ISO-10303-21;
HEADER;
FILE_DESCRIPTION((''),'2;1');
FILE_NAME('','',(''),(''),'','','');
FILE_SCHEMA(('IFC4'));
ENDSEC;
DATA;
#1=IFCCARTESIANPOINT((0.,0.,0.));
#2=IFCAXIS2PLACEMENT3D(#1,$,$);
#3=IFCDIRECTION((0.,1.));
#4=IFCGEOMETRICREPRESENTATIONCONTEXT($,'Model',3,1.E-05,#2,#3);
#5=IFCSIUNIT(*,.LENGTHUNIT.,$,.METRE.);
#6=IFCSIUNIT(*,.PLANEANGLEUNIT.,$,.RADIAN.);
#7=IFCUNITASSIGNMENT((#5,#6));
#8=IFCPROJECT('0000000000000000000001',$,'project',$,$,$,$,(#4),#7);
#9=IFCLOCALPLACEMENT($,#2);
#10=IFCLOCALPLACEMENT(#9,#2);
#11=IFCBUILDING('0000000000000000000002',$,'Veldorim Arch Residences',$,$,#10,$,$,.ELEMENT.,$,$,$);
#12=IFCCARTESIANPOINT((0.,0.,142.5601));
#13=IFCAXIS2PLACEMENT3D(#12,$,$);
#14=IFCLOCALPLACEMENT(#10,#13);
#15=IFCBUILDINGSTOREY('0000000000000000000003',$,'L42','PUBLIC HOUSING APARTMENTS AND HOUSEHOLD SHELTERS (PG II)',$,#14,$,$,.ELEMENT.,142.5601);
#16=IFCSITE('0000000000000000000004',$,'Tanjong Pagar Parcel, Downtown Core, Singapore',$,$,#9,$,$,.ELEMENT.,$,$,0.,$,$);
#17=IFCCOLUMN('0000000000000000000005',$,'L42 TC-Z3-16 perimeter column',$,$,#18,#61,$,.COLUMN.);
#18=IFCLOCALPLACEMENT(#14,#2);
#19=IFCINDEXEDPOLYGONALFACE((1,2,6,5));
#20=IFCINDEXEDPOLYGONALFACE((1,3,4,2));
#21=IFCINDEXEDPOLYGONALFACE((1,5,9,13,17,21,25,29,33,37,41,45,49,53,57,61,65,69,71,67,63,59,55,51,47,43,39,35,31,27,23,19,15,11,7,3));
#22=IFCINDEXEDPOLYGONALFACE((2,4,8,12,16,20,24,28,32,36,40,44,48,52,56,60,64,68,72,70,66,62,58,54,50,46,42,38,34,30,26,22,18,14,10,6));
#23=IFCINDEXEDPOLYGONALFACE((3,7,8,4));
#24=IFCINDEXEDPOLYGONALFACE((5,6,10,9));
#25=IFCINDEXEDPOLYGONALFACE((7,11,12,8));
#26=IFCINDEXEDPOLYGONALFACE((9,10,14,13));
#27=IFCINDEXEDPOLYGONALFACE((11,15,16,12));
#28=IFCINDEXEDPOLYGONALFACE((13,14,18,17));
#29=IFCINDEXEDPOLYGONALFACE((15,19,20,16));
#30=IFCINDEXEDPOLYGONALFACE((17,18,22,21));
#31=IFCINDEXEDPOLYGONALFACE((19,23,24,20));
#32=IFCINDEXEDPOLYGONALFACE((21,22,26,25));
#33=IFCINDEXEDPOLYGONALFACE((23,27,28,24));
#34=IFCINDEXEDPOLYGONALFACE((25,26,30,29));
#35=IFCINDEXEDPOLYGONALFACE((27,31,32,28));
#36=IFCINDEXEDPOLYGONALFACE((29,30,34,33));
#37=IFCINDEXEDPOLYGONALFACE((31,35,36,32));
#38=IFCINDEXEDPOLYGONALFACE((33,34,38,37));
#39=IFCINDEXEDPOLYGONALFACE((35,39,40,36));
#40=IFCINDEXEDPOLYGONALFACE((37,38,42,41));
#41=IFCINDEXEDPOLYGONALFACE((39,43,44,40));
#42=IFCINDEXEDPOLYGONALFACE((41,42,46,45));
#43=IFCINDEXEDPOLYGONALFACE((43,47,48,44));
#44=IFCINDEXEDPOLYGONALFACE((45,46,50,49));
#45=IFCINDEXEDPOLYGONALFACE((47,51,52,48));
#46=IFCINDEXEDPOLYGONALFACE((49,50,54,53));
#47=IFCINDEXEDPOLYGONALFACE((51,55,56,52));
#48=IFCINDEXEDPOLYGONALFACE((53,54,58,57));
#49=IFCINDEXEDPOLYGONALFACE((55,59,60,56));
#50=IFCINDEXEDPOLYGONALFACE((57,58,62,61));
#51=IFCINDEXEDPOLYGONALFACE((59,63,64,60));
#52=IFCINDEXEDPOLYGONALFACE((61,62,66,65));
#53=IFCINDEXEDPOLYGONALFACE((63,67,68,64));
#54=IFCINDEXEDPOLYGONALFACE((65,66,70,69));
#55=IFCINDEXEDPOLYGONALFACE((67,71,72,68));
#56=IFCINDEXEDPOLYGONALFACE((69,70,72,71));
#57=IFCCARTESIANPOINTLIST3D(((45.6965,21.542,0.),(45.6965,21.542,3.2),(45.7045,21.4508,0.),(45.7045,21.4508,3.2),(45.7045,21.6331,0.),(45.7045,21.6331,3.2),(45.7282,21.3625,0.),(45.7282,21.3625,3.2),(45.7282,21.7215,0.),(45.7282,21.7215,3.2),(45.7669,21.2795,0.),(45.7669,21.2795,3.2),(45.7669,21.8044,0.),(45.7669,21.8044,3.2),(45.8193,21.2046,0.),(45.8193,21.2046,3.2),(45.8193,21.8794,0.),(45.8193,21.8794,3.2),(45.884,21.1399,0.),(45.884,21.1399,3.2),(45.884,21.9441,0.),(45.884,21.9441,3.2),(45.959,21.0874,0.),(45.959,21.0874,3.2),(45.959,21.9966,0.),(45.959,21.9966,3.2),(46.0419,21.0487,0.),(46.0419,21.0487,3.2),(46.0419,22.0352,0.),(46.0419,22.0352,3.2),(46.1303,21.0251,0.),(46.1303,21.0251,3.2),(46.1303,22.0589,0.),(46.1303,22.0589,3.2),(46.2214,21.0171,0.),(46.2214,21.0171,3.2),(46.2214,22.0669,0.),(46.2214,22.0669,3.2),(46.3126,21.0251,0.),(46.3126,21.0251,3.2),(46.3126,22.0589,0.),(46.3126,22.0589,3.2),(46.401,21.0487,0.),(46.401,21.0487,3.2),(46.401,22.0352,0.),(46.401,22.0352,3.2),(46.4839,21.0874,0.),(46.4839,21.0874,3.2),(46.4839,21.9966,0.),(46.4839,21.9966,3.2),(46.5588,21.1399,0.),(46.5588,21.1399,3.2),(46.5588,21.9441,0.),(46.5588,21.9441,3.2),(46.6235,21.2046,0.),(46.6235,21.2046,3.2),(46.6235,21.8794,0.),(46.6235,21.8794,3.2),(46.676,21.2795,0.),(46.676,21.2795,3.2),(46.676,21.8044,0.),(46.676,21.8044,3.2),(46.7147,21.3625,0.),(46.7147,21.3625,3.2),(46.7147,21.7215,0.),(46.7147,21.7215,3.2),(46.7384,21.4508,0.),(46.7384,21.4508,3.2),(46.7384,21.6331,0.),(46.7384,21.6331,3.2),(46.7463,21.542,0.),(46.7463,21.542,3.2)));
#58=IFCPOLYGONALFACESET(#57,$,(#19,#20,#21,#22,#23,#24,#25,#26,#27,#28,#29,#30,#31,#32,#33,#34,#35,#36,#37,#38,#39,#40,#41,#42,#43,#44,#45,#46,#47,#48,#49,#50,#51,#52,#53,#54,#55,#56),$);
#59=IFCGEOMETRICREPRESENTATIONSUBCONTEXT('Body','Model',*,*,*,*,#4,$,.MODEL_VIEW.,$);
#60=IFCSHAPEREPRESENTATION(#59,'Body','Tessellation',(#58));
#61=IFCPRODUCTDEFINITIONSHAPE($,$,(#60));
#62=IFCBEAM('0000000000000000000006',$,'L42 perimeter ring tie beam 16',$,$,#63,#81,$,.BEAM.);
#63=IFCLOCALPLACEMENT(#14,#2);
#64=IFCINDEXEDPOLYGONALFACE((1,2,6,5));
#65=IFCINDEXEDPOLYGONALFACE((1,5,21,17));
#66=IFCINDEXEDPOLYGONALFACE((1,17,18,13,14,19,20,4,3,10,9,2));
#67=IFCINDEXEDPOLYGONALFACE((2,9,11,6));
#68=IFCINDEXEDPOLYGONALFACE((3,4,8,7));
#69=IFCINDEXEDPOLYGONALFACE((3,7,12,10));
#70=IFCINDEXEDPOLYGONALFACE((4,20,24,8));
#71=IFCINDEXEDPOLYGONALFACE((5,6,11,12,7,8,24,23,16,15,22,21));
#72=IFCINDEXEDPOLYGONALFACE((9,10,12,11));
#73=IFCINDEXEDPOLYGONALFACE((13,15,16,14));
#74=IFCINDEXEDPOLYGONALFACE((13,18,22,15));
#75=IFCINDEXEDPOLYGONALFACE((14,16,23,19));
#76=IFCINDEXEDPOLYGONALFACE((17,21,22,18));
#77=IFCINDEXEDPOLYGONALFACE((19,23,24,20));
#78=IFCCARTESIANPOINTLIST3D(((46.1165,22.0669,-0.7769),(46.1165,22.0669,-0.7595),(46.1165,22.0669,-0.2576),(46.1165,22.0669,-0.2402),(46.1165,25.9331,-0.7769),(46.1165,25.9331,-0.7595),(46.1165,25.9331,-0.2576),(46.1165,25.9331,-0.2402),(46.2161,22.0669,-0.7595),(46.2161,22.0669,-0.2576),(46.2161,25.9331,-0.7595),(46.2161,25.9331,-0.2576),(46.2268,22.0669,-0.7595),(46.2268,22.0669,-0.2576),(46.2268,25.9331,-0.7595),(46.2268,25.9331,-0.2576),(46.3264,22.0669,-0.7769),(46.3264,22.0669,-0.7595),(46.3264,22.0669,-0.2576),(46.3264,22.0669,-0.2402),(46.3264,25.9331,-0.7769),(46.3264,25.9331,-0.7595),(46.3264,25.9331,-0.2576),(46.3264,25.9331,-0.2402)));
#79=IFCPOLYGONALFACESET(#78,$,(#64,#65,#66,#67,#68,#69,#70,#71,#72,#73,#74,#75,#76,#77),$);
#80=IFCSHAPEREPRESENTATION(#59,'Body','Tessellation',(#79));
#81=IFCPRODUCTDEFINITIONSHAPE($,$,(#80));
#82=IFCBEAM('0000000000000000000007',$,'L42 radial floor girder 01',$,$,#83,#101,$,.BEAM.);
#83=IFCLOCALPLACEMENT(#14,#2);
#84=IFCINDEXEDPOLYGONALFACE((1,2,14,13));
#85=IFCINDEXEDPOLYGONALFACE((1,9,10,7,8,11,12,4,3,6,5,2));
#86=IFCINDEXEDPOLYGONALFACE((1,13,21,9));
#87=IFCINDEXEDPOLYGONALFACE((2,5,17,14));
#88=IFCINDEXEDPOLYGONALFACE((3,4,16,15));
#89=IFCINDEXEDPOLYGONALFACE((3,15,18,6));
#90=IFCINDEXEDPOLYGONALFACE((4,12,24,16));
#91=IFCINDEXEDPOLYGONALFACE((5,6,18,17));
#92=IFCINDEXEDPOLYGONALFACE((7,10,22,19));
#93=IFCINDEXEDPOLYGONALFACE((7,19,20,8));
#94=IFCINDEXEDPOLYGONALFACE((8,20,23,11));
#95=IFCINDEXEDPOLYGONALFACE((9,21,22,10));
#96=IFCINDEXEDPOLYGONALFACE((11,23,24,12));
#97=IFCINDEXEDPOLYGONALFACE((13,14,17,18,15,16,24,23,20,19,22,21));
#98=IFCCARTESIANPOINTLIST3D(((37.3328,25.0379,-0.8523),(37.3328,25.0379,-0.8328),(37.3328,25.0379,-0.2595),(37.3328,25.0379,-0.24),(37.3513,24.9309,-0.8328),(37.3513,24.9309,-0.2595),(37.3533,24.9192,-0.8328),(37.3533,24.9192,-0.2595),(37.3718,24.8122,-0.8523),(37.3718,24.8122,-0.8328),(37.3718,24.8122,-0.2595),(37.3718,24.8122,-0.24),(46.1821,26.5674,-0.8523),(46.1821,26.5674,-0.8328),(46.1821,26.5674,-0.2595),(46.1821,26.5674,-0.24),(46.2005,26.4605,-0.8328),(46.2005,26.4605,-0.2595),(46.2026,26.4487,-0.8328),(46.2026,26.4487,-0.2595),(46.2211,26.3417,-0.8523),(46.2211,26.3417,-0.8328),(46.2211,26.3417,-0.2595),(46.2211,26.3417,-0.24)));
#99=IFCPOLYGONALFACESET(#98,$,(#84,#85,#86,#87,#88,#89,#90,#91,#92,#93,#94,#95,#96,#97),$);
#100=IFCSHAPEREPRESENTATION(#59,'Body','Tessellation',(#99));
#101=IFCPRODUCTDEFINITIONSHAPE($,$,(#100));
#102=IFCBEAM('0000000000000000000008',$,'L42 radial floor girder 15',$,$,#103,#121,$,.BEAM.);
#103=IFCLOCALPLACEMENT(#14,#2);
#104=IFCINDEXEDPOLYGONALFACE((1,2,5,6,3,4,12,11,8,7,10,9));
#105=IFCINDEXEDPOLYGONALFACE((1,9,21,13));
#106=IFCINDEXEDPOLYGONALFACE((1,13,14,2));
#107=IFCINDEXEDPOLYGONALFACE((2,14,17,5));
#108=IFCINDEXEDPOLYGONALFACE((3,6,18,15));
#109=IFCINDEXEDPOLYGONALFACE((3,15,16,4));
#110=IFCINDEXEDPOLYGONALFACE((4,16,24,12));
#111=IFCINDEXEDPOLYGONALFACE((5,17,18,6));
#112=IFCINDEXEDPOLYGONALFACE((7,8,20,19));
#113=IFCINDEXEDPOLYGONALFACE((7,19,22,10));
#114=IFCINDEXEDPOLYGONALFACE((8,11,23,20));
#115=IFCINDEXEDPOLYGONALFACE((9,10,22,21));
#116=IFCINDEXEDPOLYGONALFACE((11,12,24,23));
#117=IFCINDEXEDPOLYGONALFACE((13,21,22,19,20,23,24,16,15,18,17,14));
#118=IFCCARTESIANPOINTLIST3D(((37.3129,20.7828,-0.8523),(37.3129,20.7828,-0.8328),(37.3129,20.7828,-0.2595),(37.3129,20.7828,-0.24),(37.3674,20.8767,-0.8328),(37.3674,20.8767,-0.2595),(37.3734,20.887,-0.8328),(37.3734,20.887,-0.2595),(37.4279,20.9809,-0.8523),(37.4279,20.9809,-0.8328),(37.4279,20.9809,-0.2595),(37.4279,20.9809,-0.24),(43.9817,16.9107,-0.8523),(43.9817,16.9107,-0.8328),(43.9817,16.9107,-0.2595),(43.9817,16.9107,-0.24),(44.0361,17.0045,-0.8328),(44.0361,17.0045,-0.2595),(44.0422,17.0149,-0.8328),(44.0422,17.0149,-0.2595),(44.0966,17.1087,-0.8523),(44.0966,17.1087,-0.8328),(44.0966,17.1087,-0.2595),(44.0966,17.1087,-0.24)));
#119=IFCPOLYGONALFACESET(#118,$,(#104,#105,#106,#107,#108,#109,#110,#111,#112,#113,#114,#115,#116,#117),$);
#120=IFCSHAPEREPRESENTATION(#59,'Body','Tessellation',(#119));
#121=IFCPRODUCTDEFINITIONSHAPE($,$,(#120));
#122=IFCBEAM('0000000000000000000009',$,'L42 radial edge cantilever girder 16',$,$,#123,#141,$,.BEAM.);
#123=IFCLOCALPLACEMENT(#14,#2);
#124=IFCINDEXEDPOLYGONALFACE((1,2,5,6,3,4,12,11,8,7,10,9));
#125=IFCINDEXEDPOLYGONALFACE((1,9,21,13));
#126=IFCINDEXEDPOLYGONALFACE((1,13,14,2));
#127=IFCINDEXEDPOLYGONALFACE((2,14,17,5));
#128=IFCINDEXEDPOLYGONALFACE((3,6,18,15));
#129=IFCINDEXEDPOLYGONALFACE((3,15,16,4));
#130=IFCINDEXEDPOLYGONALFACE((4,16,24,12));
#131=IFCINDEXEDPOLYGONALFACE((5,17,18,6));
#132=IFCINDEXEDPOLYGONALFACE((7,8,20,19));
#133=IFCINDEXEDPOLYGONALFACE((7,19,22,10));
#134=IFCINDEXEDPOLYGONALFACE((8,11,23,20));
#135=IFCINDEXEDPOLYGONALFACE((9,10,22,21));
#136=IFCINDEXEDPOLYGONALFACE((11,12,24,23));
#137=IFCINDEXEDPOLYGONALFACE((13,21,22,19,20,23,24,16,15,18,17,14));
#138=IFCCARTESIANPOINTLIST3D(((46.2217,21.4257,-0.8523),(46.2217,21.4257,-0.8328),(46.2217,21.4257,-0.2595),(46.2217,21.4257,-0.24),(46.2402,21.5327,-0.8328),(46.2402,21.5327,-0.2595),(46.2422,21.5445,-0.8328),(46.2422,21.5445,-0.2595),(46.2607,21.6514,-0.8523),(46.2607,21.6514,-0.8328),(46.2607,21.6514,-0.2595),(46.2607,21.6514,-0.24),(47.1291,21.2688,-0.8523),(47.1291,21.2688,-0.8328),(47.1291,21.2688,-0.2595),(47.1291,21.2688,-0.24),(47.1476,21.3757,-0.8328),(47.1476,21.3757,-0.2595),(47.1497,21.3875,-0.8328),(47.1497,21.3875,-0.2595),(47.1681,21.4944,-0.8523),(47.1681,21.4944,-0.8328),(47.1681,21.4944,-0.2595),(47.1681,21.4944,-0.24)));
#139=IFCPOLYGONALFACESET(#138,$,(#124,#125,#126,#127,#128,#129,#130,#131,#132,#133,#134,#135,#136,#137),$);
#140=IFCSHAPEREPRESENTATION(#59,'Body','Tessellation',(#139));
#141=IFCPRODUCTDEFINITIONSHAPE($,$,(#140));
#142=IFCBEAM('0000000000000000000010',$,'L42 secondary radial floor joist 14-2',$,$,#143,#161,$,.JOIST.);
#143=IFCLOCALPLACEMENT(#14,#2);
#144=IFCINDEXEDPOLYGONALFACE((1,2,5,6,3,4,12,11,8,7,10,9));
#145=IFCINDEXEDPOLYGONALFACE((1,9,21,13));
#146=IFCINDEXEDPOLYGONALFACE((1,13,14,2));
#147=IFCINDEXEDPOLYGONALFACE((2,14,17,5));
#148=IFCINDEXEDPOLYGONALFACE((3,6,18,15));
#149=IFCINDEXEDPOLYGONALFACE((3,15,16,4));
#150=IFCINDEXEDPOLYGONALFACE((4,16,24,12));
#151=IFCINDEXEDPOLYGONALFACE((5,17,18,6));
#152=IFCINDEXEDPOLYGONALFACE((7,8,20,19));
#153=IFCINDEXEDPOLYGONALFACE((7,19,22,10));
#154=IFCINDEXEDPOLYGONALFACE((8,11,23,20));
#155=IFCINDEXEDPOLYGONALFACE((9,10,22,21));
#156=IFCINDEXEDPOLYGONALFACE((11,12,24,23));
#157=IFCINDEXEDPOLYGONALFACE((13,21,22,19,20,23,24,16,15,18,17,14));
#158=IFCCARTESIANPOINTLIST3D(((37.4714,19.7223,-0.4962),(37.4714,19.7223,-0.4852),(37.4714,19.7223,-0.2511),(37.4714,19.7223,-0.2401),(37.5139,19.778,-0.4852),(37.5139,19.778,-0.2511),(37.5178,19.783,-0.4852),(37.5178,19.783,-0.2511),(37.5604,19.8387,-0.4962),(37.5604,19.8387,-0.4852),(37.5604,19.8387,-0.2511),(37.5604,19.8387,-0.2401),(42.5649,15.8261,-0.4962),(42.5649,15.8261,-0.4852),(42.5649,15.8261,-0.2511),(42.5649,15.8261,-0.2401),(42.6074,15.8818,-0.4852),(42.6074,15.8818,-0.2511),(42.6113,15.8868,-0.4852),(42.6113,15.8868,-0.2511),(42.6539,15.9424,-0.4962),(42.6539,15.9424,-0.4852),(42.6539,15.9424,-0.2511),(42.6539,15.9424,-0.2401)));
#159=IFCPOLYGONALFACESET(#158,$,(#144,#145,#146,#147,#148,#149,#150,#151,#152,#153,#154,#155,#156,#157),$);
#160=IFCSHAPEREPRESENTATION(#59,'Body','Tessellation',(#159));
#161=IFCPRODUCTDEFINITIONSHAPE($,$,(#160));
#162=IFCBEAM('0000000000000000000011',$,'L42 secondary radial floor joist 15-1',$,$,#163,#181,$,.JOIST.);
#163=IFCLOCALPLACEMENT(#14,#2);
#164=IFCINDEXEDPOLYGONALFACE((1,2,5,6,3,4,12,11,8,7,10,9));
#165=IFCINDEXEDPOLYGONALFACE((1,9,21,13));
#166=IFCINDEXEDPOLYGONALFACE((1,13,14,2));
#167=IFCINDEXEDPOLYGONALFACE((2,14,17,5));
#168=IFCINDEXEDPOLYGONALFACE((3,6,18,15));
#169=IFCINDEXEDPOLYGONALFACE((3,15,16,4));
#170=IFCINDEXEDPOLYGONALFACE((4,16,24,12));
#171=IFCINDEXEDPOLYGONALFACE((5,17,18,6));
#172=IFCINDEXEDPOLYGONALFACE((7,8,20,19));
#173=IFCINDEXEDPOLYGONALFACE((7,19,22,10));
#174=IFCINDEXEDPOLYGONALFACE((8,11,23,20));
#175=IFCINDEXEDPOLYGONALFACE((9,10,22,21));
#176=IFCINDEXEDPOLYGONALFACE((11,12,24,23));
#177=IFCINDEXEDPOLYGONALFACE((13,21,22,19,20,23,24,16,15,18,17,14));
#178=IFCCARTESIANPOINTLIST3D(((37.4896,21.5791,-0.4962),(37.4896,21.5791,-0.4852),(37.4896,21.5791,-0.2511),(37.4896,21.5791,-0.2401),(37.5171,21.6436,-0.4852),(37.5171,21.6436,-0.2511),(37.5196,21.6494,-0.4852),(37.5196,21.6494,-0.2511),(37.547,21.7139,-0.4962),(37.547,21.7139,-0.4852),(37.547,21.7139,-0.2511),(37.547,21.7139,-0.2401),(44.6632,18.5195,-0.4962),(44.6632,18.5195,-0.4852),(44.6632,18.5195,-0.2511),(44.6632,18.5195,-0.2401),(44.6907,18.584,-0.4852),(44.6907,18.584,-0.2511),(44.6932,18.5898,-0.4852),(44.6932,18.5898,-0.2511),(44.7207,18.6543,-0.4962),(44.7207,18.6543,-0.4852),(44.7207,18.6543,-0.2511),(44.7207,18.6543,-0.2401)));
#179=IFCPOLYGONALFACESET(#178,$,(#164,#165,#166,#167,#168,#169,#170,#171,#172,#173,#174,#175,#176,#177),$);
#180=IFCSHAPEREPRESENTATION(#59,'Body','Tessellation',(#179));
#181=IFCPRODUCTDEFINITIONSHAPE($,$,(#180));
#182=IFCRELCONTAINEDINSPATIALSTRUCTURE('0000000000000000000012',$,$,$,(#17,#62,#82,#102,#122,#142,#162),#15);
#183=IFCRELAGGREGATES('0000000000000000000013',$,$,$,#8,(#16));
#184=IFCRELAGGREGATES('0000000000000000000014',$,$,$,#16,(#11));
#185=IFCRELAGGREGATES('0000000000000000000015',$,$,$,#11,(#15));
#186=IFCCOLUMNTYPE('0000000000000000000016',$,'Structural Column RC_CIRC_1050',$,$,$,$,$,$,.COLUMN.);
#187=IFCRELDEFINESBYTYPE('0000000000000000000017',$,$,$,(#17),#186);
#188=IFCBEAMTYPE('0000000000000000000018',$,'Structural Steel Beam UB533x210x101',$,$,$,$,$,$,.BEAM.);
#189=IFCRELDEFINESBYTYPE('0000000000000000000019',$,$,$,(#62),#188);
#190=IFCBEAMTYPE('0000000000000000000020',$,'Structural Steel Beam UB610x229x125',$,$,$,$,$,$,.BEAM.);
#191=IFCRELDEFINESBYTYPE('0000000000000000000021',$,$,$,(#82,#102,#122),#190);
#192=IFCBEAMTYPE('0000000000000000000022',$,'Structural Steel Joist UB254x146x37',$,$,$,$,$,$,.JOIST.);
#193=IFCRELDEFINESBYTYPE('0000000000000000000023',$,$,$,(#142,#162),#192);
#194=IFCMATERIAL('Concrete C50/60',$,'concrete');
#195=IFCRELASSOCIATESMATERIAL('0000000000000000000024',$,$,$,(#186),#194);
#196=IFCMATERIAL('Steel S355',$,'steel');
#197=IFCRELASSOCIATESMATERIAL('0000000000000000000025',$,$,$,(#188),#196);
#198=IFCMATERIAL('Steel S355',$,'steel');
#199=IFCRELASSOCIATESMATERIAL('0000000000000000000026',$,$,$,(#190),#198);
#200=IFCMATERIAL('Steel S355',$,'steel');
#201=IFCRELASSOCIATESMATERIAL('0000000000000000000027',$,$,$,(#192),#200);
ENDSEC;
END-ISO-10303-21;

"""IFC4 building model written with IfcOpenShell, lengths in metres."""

from ifc_helpers import new_model, si_unit, direction, frame, origin, origin_2d, place, context, subcontext, project, spatial, circle, i_section, extrude, material, material_profile, profile_set, type_object, element, save


model = new_model("IFC4")

# Units and contexts
model_context = context("Model", 3, precision=1e-05, world=origin(), true_north=direction((0.0, 1.0)))
body_context = subcontext(model_context, "Body", "Model", "MODEL_VIEW")
ifc_project = project(units=[si_unit("LENGTHUNIT", "METRE"), si_unit("PLANEANGLEUNIT", "RADIAN")], contexts=[model_context])

# Site, building, storey
site_placement = place(None, origin())
site = spatial("IfcSite", under=ifc_project, at=site_placement, Name="Tanjong Pagar Parcel, Downtown Core, Singapore", CompositionType="ELEMENT", RefElevation=0.0)
building_placement = place(site_placement, origin())
building = spatial("IfcBuilding", under=site, at=building_placement, Name="Veldorim Arch Residences", CompositionType="ELEMENT")
storey_placement = place(building_placement, frame((0.0, 0.0, 142.5601)))
storey = spatial("IfcBuildingStorey", under=building, at=storey_placement, Name="L42", Description="PUBLIC HOUSING APARTMENTS AND HOUSEHOLD SHELTERS (PG II)", CompositionType="ELEMENT", Elevation=142.5601)

# Column
ifc_material_1 = material(Name="Concrete C50/60", Category="concrete")
ifc_material_profile_1 = material_profile(ifc_material_1, circle(Radius=0.5249, at=origin_2d()), Name="RC_CIRC_1050")
ifc_profile_set_1 = profile_set([ifc_material_profile_1], Name="Concrete C50/60")
column_type = type_object("IfcColumnType", Name="Structural Column RC_CIRC_1050", PredefinedType="COLUMN", material=ifc_profile_set_1)
column_placement = place(storey_placement, frame((46.2214, 21.542, 0.0), z_axis=(0.0, 0.0, 1.0), x_axis=(1.0, 0.0, 0.0)))
element("IfcColumn", 1, at=column_placement, inside=storey, type_object=column_type, Name="L42 TC-Z3-16 perimeter column", PredefinedType="COLUMN", context=body_context, shape_type="SweptSolid", body=[
    extrude(circle(Radius=0.5249, at=origin_2d()), origin(), (0.0, 0.0, 1.0), 3.2),
])

# Beams
ifc_material_2 = material(Name="Steel S355", Category="steel")
ifc_material_profile_2 = material_profile(ifc_material_2, i_section(OverallWidth=0.21, OverallDepth=0.5366, WebThickness=0.0107, FlangeThickness=0.0173, at=origin_2d()), Name="UB533x210x101")
ifc_profile_set_2 = profile_set([ifc_material_profile_2], Name="Steel S355")
beam_type_1 = type_object("IfcBeamType", Name="Structural Steel Beam UB533x210x101", PredefinedType="BEAM", material=ifc_profile_set_2)
beam_1_placement = place(storey_placement, frame((46.2214, 22.0669, -0.5085), z_axis=(0.0, 1.0, 0.0), x_axis=(-1.0, 0.0, 0.0)))
element("IfcBeam", 2, at=beam_1_placement, inside=storey, type_object=beam_type_1, Name="L42 perimeter ring tie beam 16", PredefinedType="BEAM", context=body_context, shape_type="SweptSolid", body=[
    extrude(i_section(OverallWidth=0.21, OverallDepth=0.5366, WebThickness=0.0107, FlangeThickness=0.0173, at=origin_2d()), origin(), (0.0, 0.0, 1.0), 3.8662),
])
ifc_material_3 = material(Name="Steel S355", Category="steel")
ifc_material_profile_3 = material_profile(ifc_material_3, i_section(OverallWidth=0.229, OverallDepth=0.6123, WebThickness=0.012, FlangeThickness=0.0195, at=origin_2d()), Name="UB610x229x125")
ifc_profile_set_3 = profile_set([ifc_material_profile_3], Name="Steel S355")
beam_type_2 = type_object("IfcBeamType", Name="Structural Steel Beam UB610x229x125", PredefinedType="BEAM", material=ifc_profile_set_3)
beam_2_placement = place(storey_placement, frame((37.3523, 24.925, -0.5461), z_axis=(0.985389, 0.170317, 0.0), x_axis=(-0.170317, 0.985389, 0.0)))
element("IfcBeam", 3, at=beam_2_placement, inside=storey, type_object=beam_type_2, Name="L42 radial floor girder 01", PredefinedType="BEAM", context=body_context, shape_type="SweptSolid", body=[
    extrude(i_section(OverallWidth=0.229, OverallDepth=0.6123, WebThickness=0.012, FlangeThickness=0.0195, at=origin_2d()), origin(), (0.0, 0.0, 1.0), 8.9805),
])
beam_3_placement = place(storey_placement, frame((37.3704, 20.8818, -0.5461), z_axis=(0.864793, -0.502128, 0.0), x_axis=(0.502128, 0.864793, 0.0)))
element("IfcBeam", 4, at=beam_3_placement, inside=storey, type_object=beam_type_2, Name="L42 radial floor girder 15", PredefinedType="BEAM", context=body_context, shape_type="SweptSolid", body=[
    extrude(i_section(OverallWidth=0.229, OverallDepth=0.6123, WebThickness=0.012, FlangeThickness=0.0195, at=origin_2d()), origin(), (0.0, 0.0, 1.0), 7.7114),
])
beam_4_placement = place(storey_placement, frame((46.2412, 21.5386, -0.5461), z_axis=(0.985365, -0.170457, 0.0), x_axis=(0.170457, 0.985365, 0.0)))
element("IfcBeam", 5, at=beam_4_placement, inside=storey, type_object=beam_type_2, Name="L42 radial edge cantilever girder 16", PredefinedType="BEAM", context=body_context, shape_type="SweptSolid", body=[
    extrude(i_section(OverallWidth=0.229, OverallDepth=0.6123, WebThickness=0.012, FlangeThickness=0.0195, at=origin_2d()), origin(), (0.0, 0.0, 1.0), 0.9209),
])
ifc_material_4 = material(Name="Steel S355", Category="steel")
ifc_material_profile_4 = material_profile(ifc_material_4, i_section(OverallWidth=0.1465, OverallDepth=0.2561, WebThickness=0.0063, FlangeThickness=0.011, at=origin_2d()), Name="UB254x146x37")
ifc_profile_set_4 = profile_set([ifc_material_profile_4], Name="Steel S355")
beam_type_3 = type_object("IfcBeamType", Name="Structural Steel Joist UB254x146x37", PredefinedType="JOIST", material=ifc_profile_set_4)
beam_5_placement = place(storey_placement, frame((37.5159, 19.7805, -0.3682), z_axis=(0.794267, -0.607569, 0.0), x_axis=(0.607569, 0.794267, 0.0)))
element("IfcBeam", 6, at=beam_5_placement, inside=storey, type_object=beam_type_3, Name="L42 secondary radial floor joist 14-2", PredefinedType="JOIST", context=body_context, shape_type="SweptSolid", body=[
    extrude(i_section(OverallWidth=0.1465, OverallDepth=0.2561, WebThickness=0.0063, FlangeThickness=0.011, at=origin_2d()), origin(), (0.0, 0.0, 1.0), 6.4128),
])
beam_6_placement = place(storey_placement, frame((37.5183, 21.6465, -0.3682), z_axis=(0.919832, -0.392313, 0.0), x_axis=(0.392313, 0.919832, 0.0)))
element("IfcBeam", 7, at=beam_6_placement, inside=storey, type_object=beam_type_3, Name="L42 secondary radial floor joist 15-1", PredefinedType="JOIST", context=body_context, shape_type="SweptSolid", body=[
    extrude(i_section(OverallWidth=0.1465, OverallDepth=0.2561, WebThickness=0.0063, FlangeThickness=0.011, at=origin_2d()), origin(), (0.0, 0.0, 1.0), 7.7988),
])

save(model, "model.ifc")
